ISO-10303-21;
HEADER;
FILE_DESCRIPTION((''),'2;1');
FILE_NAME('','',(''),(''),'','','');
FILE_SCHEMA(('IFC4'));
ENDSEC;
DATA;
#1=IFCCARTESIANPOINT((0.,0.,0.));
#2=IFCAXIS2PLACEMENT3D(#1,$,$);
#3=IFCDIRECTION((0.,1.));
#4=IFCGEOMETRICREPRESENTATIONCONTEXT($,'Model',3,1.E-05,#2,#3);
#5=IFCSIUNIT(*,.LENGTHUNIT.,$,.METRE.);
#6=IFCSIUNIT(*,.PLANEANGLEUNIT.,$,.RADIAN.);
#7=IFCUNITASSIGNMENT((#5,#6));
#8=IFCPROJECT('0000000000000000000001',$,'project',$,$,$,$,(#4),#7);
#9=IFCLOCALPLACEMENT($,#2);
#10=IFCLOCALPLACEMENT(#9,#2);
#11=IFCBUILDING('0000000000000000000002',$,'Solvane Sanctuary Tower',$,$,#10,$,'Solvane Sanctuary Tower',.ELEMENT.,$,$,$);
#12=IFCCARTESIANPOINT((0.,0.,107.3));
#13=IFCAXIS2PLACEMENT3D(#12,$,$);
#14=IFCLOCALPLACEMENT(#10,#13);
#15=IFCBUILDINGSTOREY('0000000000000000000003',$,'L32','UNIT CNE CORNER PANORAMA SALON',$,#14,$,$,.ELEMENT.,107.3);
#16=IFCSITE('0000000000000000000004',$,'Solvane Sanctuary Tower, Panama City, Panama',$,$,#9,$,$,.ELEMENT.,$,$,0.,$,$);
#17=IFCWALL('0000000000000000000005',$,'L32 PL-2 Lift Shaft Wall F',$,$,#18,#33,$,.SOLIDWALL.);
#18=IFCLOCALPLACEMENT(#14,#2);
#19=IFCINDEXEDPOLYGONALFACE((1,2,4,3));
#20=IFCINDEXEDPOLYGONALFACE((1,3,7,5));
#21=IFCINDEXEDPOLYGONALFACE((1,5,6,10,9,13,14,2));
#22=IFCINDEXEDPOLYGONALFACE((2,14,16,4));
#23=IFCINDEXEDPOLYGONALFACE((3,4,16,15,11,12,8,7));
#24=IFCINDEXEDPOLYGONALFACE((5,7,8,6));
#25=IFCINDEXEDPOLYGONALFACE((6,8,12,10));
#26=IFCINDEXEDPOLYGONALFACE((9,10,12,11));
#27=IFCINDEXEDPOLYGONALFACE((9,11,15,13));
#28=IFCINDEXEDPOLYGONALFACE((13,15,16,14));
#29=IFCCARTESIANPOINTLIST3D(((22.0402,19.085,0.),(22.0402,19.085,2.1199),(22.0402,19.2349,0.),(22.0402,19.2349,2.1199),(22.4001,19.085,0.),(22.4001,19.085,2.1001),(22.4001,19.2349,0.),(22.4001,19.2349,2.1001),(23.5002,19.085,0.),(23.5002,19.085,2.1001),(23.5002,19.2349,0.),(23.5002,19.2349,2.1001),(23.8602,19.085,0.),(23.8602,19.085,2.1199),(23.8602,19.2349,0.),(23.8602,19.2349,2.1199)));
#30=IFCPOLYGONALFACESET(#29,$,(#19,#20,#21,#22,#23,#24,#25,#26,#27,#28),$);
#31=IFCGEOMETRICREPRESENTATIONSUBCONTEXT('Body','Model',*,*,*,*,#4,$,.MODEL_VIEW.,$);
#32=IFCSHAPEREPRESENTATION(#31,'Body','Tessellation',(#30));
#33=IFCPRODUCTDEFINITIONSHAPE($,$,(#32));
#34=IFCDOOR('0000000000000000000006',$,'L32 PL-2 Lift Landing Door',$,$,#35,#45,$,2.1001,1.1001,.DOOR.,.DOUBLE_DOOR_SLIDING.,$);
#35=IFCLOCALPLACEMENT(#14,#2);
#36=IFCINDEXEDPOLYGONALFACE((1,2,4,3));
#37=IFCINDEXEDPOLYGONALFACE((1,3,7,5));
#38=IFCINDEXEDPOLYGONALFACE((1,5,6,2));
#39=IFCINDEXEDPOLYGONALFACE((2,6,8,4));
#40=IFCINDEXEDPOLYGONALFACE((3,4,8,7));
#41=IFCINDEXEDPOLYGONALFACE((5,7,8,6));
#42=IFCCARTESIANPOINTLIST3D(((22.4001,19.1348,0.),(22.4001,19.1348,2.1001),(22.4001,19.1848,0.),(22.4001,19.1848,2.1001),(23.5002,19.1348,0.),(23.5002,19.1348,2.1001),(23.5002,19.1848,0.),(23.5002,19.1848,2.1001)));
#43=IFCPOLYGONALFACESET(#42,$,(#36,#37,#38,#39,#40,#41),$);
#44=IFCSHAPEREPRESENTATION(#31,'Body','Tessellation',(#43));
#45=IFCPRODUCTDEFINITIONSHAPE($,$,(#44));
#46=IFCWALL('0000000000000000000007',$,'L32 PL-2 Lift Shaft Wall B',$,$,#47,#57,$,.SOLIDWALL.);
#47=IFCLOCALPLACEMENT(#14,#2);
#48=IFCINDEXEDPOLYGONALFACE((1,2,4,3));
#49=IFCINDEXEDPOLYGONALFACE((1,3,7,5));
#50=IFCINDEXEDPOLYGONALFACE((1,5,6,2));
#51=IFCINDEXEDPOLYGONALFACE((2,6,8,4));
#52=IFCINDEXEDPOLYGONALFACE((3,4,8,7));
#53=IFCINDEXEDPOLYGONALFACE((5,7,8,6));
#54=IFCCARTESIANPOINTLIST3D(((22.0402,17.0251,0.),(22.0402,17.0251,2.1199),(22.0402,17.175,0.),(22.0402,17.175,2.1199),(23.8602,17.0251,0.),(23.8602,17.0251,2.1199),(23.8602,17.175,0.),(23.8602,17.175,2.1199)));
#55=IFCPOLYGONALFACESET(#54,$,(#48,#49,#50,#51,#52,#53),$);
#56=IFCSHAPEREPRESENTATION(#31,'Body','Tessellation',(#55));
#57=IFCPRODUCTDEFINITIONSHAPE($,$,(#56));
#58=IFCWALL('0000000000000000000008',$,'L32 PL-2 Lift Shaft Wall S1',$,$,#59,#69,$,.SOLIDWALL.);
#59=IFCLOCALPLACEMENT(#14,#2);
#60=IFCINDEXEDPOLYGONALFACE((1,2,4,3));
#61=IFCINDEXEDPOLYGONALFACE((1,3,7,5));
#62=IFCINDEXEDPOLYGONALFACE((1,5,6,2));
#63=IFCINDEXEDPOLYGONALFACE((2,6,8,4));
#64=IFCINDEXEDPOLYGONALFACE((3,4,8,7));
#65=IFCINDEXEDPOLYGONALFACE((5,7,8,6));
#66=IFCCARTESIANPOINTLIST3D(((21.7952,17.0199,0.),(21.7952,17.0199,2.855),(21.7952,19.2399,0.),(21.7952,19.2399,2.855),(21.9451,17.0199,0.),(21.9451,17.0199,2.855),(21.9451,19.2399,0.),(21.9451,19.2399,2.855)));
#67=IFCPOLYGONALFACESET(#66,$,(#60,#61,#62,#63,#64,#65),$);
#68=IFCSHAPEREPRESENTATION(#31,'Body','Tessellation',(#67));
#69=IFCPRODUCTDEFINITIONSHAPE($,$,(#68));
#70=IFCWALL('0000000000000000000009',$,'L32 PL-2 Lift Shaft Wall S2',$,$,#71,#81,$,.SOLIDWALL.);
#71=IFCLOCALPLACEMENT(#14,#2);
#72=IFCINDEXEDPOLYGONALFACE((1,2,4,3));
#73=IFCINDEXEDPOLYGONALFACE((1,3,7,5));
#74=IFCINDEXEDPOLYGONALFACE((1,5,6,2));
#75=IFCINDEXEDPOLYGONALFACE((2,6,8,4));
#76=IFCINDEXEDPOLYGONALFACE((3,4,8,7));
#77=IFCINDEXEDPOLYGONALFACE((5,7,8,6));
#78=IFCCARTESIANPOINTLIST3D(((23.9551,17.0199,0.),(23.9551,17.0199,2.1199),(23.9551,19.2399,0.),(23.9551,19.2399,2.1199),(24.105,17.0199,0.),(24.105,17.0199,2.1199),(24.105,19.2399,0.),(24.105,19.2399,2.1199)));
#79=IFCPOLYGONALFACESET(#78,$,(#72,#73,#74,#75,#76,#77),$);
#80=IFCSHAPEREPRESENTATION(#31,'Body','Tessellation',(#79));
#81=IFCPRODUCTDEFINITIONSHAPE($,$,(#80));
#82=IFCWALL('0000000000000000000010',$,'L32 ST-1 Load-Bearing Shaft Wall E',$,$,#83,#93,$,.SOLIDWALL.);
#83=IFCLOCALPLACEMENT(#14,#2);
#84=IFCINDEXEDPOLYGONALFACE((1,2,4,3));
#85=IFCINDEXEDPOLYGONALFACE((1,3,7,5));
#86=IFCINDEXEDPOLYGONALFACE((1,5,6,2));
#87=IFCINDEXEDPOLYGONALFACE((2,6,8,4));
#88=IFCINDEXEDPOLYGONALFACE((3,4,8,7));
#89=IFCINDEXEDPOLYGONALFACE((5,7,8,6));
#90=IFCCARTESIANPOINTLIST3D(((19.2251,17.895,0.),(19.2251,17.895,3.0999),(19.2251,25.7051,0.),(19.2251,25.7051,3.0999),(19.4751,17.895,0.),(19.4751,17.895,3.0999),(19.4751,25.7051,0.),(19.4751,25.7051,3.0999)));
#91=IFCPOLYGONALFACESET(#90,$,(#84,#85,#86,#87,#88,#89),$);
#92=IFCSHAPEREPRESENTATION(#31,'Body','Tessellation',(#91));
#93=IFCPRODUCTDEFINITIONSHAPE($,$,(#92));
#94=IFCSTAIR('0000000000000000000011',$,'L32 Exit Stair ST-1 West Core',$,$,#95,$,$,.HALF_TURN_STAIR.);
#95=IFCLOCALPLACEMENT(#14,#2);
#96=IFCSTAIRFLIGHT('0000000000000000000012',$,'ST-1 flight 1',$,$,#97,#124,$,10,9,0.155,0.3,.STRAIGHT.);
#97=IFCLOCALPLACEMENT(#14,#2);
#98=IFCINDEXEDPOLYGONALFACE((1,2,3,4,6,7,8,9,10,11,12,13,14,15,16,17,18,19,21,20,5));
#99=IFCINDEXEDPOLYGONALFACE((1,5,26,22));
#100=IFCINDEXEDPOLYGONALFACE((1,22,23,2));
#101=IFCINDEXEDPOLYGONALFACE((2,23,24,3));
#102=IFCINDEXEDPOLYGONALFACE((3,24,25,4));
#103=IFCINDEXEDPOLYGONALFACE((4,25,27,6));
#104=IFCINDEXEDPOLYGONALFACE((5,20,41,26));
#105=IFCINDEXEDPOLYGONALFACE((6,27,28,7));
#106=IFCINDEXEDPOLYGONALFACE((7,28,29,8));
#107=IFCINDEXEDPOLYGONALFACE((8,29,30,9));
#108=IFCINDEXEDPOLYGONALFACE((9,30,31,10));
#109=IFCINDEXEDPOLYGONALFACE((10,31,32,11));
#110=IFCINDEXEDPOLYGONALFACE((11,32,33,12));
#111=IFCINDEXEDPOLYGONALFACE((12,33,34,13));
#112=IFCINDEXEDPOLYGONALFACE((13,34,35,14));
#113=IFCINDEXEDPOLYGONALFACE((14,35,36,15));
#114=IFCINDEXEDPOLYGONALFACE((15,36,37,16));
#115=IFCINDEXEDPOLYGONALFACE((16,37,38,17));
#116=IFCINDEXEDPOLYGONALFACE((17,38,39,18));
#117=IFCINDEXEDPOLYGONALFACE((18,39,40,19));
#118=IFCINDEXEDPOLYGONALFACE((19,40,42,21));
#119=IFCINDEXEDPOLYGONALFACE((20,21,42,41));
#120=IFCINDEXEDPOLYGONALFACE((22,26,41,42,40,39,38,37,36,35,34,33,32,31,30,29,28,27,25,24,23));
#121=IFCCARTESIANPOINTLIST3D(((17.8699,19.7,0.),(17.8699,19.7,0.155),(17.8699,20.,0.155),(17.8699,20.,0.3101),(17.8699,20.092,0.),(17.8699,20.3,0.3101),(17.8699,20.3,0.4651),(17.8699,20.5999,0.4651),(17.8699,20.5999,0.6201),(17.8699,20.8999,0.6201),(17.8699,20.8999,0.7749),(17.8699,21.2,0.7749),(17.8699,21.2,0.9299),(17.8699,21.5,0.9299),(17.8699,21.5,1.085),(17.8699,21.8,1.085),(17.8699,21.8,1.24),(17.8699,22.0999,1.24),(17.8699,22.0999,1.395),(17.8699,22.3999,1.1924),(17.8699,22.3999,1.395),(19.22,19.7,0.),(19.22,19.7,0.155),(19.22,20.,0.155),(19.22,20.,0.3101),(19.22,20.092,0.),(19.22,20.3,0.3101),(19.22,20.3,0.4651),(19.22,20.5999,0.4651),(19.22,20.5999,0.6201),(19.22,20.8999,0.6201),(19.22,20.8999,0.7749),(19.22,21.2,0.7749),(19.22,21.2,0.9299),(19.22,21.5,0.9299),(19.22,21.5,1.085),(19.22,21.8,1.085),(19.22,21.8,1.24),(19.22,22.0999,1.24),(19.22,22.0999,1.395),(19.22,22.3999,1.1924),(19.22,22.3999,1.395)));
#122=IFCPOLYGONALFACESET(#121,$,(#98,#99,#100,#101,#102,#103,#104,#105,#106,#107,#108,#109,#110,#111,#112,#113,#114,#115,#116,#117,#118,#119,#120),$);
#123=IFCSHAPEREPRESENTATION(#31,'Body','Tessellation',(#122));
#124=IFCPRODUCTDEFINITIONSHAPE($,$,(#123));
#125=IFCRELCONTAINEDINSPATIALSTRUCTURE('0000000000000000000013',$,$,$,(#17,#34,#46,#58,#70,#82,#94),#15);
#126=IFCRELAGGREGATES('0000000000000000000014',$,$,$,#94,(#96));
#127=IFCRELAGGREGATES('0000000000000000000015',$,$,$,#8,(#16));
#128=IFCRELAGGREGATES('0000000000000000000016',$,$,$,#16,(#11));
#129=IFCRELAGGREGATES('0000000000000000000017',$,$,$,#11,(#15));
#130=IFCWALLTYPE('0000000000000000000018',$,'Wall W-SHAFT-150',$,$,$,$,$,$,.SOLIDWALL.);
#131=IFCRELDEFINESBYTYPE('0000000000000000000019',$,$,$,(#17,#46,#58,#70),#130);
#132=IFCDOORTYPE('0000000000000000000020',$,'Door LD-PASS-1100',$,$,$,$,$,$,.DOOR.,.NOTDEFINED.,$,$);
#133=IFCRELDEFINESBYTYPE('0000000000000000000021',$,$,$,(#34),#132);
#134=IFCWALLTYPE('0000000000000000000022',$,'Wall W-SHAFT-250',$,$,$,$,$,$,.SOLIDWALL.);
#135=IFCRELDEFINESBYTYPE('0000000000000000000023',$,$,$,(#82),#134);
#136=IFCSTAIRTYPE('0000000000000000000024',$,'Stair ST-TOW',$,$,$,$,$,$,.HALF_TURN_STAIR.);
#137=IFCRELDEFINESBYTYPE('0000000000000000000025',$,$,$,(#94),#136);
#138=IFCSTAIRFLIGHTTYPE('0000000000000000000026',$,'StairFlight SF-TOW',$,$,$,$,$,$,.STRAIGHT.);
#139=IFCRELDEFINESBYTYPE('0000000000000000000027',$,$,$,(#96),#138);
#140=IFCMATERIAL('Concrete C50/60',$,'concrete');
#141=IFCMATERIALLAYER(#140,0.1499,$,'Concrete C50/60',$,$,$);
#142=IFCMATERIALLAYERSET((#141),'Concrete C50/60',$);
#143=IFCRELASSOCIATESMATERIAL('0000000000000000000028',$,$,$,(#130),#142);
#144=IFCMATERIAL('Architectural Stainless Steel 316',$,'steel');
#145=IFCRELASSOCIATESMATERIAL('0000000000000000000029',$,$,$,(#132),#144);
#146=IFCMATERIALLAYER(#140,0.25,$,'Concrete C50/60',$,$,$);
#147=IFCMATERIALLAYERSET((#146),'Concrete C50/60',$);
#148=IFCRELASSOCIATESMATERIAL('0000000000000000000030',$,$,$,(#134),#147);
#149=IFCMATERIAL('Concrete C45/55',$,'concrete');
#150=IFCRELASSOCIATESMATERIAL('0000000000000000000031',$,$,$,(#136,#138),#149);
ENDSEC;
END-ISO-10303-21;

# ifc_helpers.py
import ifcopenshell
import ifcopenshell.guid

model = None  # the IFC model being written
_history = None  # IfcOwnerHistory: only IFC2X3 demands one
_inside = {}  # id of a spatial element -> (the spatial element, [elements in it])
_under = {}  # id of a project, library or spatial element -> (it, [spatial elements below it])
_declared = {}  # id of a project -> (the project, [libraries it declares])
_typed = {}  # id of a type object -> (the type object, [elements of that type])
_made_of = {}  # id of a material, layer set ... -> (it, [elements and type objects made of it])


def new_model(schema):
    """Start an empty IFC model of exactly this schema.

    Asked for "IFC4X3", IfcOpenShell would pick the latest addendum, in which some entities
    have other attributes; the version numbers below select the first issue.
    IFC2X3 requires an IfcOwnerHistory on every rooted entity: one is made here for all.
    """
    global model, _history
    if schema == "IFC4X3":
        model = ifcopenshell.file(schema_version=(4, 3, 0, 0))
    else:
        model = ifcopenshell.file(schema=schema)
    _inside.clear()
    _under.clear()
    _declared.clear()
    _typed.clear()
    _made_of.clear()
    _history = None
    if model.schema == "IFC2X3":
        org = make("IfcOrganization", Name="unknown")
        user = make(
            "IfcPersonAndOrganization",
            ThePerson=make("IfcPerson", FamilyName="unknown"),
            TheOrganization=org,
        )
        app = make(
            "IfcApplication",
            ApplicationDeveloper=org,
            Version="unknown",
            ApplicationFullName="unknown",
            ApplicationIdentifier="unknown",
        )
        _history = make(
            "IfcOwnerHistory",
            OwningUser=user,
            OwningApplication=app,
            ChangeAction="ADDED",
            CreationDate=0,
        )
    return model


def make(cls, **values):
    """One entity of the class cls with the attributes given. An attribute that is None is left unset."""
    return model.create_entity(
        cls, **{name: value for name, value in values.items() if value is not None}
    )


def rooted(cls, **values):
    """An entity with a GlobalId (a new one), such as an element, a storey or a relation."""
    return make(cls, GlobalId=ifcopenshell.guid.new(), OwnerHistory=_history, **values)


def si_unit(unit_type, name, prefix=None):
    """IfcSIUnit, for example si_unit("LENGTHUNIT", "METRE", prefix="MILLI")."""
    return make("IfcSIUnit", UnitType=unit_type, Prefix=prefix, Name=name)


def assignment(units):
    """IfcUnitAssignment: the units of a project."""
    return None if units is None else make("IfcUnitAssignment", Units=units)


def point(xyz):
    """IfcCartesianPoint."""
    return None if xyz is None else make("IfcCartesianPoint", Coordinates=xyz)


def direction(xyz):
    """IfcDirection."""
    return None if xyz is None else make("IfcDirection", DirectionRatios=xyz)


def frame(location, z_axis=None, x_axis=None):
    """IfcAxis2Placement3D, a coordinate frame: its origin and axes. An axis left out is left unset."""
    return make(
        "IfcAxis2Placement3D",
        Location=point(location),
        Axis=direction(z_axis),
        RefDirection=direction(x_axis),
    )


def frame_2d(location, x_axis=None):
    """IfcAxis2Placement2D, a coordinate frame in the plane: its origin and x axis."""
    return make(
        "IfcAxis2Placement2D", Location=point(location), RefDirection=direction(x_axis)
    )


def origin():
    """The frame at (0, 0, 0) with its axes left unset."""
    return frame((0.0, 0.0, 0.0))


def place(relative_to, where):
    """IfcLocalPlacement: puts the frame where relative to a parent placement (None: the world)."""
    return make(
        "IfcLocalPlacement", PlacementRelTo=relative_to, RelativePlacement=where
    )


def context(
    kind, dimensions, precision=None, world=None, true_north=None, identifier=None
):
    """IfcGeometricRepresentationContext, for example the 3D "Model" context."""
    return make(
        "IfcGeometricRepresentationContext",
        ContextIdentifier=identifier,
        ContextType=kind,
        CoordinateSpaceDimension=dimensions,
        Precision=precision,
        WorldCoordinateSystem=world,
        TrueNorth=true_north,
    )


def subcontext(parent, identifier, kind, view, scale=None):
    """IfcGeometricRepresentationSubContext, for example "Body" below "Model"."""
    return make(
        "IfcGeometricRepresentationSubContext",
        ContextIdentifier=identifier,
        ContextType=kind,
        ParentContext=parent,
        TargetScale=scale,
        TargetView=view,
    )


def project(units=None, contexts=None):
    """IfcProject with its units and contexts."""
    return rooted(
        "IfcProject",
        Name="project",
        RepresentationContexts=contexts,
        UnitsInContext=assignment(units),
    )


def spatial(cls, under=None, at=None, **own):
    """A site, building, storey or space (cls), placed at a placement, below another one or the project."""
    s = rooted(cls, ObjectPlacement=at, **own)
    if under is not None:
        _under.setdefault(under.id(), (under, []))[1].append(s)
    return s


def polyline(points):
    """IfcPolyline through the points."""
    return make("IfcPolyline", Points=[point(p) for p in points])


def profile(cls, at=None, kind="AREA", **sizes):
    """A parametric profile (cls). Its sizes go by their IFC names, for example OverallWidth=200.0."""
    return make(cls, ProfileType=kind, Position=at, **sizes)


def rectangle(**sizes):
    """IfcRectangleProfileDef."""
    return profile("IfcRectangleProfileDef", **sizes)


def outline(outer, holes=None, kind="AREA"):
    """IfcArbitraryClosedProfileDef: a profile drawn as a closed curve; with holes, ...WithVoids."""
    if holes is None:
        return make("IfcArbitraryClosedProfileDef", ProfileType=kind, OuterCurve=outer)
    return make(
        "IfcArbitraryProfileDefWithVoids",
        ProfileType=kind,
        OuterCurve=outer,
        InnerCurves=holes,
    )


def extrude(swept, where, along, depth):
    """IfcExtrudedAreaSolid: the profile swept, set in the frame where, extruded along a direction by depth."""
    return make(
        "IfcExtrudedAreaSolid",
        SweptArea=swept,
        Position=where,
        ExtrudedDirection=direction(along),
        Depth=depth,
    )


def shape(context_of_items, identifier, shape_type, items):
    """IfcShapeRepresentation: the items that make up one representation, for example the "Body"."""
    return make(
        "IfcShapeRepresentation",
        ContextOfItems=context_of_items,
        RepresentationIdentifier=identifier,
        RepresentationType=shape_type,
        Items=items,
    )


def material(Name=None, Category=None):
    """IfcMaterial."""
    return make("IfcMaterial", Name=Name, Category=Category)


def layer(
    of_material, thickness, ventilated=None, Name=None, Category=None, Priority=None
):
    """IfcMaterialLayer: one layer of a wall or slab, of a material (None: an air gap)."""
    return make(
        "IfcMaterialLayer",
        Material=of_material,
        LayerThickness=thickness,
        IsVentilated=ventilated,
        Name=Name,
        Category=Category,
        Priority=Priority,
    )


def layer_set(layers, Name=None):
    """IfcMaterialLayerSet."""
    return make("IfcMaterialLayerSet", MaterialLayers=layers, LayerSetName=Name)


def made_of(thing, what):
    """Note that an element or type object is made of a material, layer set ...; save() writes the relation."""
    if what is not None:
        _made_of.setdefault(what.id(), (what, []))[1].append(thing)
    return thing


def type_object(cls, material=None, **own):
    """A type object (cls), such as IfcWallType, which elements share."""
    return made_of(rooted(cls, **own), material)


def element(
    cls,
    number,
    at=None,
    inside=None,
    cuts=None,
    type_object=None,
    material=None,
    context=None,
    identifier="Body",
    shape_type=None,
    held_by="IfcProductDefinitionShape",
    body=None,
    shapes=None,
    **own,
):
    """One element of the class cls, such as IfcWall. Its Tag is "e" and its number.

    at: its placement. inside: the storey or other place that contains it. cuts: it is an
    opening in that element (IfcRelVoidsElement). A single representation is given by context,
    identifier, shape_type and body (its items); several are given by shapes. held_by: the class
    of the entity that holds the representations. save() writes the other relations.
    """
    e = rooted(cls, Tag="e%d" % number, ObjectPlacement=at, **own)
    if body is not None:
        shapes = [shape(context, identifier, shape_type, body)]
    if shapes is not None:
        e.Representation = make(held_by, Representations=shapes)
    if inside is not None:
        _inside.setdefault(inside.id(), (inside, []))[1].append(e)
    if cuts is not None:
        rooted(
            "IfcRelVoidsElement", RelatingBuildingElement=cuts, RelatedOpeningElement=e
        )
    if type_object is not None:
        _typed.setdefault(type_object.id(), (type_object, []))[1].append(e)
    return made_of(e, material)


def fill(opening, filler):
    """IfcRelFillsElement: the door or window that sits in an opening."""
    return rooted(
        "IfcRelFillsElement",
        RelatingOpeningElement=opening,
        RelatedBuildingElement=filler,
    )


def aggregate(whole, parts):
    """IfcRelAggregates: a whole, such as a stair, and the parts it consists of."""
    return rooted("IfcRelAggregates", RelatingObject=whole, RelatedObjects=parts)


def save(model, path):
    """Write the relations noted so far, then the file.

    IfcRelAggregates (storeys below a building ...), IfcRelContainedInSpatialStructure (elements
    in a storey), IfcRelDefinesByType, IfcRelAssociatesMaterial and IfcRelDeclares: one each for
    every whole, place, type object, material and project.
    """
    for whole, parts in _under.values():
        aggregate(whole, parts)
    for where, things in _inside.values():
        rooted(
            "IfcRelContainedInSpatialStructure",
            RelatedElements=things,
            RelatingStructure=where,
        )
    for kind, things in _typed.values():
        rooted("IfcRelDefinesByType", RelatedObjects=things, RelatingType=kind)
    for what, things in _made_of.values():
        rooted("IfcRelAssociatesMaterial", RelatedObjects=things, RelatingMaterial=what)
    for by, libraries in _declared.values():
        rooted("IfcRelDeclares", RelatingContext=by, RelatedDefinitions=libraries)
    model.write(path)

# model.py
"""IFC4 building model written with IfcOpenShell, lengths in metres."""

from ifc_helpers import new_model, si_unit, direction, frame, frame_2d, origin, place, context, subcontext, project, spatial, polyline, rectangle, outline, extrude, material, layer, layer_set, type_object, element, fill, aggregate, save


model = new_model("IFC4")

# Units and contexts
model_context = context("Model", 3, precision=1e-05, world=origin(), true_north=direction((0.0, 1.0)))
body_context = subcontext(model_context, "Body", "Model", "MODEL_VIEW")
ifc_project = project(units=[si_unit("LENGTHUNIT", "METRE"), si_unit("PLANEANGLEUNIT", "RADIAN")], contexts=[model_context])

# Site, building, storey
site_placement = place(None, origin())
site = spatial("IfcSite", under=ifc_project, at=site_placement, Name="Solvane Sanctuary Tower, Panama City, Panama", CompositionType="ELEMENT", RefElevation=0.0)
building_placement = place(site_placement, origin())
building = spatial("IfcBuilding", under=site, at=building_placement, Name="Solvane Sanctuary Tower", LongName="Solvane Sanctuary Tower", CompositionType="ELEMENT")
storey_placement = place(building_placement, frame((0.0, 0.0, 107.3)))
storey = spatial("IfcBuildingStorey", under=building, at=storey_placement, Name="L32", Description="UNIT CNE CORNER PANORAMA SALON", CompositionType="ELEMENT", Elevation=107.3)

# Shared definitions
ifc_material_1 = material(Name="Concrete C50/60", Category="concrete")
ifc_layer_1 = layer(ifc_material_1, 0.1499, Name="Concrete C50/60")
ifc_layer_set_1 = layer_set([ifc_layer_1], Name="Concrete C50/60")
wall_type_1 = type_object("IfcWallType", Name="Wall W-SHAFT-150", PredefinedType="SOLIDWALL", material=ifc_layer_set_1)
ifc_material_2 = material(Name="Architectural Stainless Steel 316", Category="steel")
door_type = type_object("IfcDoorType", Name="Door LD-PASS-1100", OperationType="NOTDEFINED", PredefinedType="DOOR", material=ifc_material_2)

# Wall, opening, door
wall_1_placement = place(storey_placement, frame((22.04, 19.1599, 0.0), z_axis=(0.0, 0.0, 1.0), x_axis=(1.0, 0.0, 0.0)))
wall_1 = element("IfcWall", 1, at=wall_1_placement, inside=storey, type_object=wall_type_1, Name="L32 PL-2 Lift Shaft Wall F", PredefinedType="SOLIDWALL", context=body_context, shape_type="SweptSolid", body=[
    extrude(rectangle(XDim=1.8201, YDim=0.1499, at=frame_2d((0.9102, 0.0))), origin(), (0.0, 0.0, 1.0), 2.1199),
])
opening_1_placement = place(wall_1_placement, frame((0.3601, 0.0, 0.0)))
opening_1 = element("IfcOpeningElement", 2, at=opening_1_placement, cuts=wall_1, PredefinedType="OPENING", context=body_context, shape_type="SweptSolid", body=[
    extrude(rectangle(XDim=1.1001, YDim=2.1001, at=frame_2d((0.55, 1.05))), frame((0.0, 0.085, 0.0), z_axis=(0.0, -1.0, 0.0), x_axis=(1.0, 0.0, 0.0)), (0.0, 0.0, 1.0), 0.1699),
])
door_1_placement = place(opening_1_placement, origin())
door_1 = element("IfcDoor", 3, at=door_1_placement, inside=storey, type_object=door_type, Name="L32 PL-2 Lift Landing Door", OperationType="DOUBLE_DOOR_SLIDING", OverallHeight=2.1001, OverallWidth=1.1001, PredefinedType="DOOR", context=body_context, shape_type="SweptSolid", body=[
    extrude(rectangle(XDim=1.1001, YDim=2.1001, at=frame_2d((0.55, 1.05))), frame((0.0, 0.0249, 0.0), z_axis=(0.0, -1.0, 0.0), x_axis=(1.0, 0.0, 0.0)), (0.0, 0.0, 1.0), 0.05),
])
fill(opening_1, door_1)

# Walls
wall_2_placement = place(storey_placement, frame((22.04, 17.1001, 0.0), z_axis=(0.0, 0.0, 1.0), x_axis=(1.0, 0.0, 0.0)))
element("IfcWall", 4, at=wall_2_placement, inside=storey, type_object=wall_type_1, Name="L32 PL-2 Lift Shaft Wall B", PredefinedType="SOLIDWALL", context=body_context, shape_type="SweptSolid", body=[
    extrude(rectangle(XDim=1.8201, YDim=0.1499, at=frame_2d((0.9102, 0.0))), origin(), (0.0, 0.0, 1.0), 2.1199),
])
wall_3_placement = place(storey_placement, frame((21.8701, 17.02, 0.0), z_axis=(0.0, 0.0, 1.0), x_axis=(0.0, 1.0, 0.0)))
element("IfcWall", 5, at=wall_3_placement, inside=storey, type_object=wall_type_1, Name="L32 PL-2 Lift Shaft Wall S1", PredefinedType="SOLIDWALL", context=body_context, shape_type="SweptSolid", body=[
    extrude(rectangle(XDim=2.22, YDim=0.1499, at=frame_2d((1.1099, 0.0))), origin(), (0.0, 0.0, 1.0), 2.855),
])
wall_4_placement = place(storey_placement, frame((24.03, 17.02, 0.0), z_axis=(0.0, 0.0, 1.0), x_axis=(0.0, 1.0, 0.0)))
element("IfcWall", 6, at=wall_4_placement, inside=storey, type_object=wall_type_1, Name="L32 PL-2 Lift Shaft Wall S2", PredefinedType="SOLIDWALL", context=body_context, shape_type="SweptSolid", body=[
    extrude(rectangle(XDim=2.22, YDim=0.1499, at=frame_2d((1.1099, 0.0))), origin(), (0.0, 0.0, 1.0), 2.1199),
])
ifc_layer_2 = layer(ifc_material_1, 0.25, Name="Concrete C50/60")
ifc_layer_set_2 = layer_set([ifc_layer_2], Name="Concrete C50/60")
wall_type_2 = type_object("IfcWallType", Name="Wall W-SHAFT-250", PredefinedType="SOLIDWALL", material=ifc_layer_set_2)
wall_5_placement = place(storey_placement, frame((19.3501, 17.895, 0.0), z_axis=(0.0, 0.0, 1.0), x_axis=(0.0, 1.0, 0.0)))
element("IfcWall", 7, at=wall_5_placement, inside=storey, type_object=wall_type_2, Name="L32 ST-1 Load-Bearing Shaft Wall E", PredefinedType="SOLIDWALL", context=body_context, shape_type="SweptSolid", body=[
    extrude(rectangle(XDim=7.8101, YDim=0.25, at=frame_2d((3.905, 0.0))), origin(), (0.0, 0.0, 1.0), 3.0999),
])

# Stair, stair flight
ifc_material_3 = material(Name="Concrete C45/55", Category="concrete")
stair_type = type_object("IfcStairType", Name="Stair ST-TOW", PredefinedType="HALF_TURN_STAIR", material=ifc_material_3)
stair_placement = place(storey_placement, origin())
stair = element("IfcStair", 8, at=stair_placement, inside=storey, type_object=stair_type, Name="L32 Exit Stair ST-1 West Core", PredefinedType="HALF_TURN_STAIR")
stair_flight_type = type_object("IfcStairFlightType", Name="StairFlight SF-TOW", PredefinedType="STRAIGHT", material=ifc_material_3)
stair_flight_placement = place(storey_placement, frame((18.5449, 19.7, 0.0), z_axis=(0.0, 0.0, 1.0), x_axis=(0.0, 1.0, 0.0)))
stair_flight = element("IfcStairFlight", 9, at=stair_flight_placement, type_object=stair_flight_type, Name="ST-1 flight 1", NumberOfRisers=10, NumberOfTreads=9, PredefinedType="STRAIGHT", RiserHeight=0.155, TreadLength=0.3, context=body_context, shape_type="SweptSolid", body=[
    extrude(outline(polyline([(0.0, 0.0), (0.0, 0.155), (0.3, 0.155), (0.3, 0.3101), (0.6001, 0.3101), (0.6001, 0.4651), (0.8999, 0.4651), (0.8999, 0.6201), (1.2, 0.6201), (1.2, 0.7749), (1.5, 0.7749), (1.5, 0.9299), (1.8, 0.9299), (1.8, 1.085), (2.1001, 1.085), (2.1001, 1.24), (2.3999, 1.24), (2.3999, 1.395), (2.7, 1.395), (2.7, 1.55), (2.7, 1.1924), (0.3921, 0.0), (0.0, 0.0)])), frame((0.0, 0.675, 0.0), z_axis=(0.0, -1.0, 0.0), x_axis=(1.0, 0.0, 0.0)), (0.0, 0.0, 1.0), 1.3501),
])
aggregate(stair, [stair_flight])

save(model, "model.ifc")
